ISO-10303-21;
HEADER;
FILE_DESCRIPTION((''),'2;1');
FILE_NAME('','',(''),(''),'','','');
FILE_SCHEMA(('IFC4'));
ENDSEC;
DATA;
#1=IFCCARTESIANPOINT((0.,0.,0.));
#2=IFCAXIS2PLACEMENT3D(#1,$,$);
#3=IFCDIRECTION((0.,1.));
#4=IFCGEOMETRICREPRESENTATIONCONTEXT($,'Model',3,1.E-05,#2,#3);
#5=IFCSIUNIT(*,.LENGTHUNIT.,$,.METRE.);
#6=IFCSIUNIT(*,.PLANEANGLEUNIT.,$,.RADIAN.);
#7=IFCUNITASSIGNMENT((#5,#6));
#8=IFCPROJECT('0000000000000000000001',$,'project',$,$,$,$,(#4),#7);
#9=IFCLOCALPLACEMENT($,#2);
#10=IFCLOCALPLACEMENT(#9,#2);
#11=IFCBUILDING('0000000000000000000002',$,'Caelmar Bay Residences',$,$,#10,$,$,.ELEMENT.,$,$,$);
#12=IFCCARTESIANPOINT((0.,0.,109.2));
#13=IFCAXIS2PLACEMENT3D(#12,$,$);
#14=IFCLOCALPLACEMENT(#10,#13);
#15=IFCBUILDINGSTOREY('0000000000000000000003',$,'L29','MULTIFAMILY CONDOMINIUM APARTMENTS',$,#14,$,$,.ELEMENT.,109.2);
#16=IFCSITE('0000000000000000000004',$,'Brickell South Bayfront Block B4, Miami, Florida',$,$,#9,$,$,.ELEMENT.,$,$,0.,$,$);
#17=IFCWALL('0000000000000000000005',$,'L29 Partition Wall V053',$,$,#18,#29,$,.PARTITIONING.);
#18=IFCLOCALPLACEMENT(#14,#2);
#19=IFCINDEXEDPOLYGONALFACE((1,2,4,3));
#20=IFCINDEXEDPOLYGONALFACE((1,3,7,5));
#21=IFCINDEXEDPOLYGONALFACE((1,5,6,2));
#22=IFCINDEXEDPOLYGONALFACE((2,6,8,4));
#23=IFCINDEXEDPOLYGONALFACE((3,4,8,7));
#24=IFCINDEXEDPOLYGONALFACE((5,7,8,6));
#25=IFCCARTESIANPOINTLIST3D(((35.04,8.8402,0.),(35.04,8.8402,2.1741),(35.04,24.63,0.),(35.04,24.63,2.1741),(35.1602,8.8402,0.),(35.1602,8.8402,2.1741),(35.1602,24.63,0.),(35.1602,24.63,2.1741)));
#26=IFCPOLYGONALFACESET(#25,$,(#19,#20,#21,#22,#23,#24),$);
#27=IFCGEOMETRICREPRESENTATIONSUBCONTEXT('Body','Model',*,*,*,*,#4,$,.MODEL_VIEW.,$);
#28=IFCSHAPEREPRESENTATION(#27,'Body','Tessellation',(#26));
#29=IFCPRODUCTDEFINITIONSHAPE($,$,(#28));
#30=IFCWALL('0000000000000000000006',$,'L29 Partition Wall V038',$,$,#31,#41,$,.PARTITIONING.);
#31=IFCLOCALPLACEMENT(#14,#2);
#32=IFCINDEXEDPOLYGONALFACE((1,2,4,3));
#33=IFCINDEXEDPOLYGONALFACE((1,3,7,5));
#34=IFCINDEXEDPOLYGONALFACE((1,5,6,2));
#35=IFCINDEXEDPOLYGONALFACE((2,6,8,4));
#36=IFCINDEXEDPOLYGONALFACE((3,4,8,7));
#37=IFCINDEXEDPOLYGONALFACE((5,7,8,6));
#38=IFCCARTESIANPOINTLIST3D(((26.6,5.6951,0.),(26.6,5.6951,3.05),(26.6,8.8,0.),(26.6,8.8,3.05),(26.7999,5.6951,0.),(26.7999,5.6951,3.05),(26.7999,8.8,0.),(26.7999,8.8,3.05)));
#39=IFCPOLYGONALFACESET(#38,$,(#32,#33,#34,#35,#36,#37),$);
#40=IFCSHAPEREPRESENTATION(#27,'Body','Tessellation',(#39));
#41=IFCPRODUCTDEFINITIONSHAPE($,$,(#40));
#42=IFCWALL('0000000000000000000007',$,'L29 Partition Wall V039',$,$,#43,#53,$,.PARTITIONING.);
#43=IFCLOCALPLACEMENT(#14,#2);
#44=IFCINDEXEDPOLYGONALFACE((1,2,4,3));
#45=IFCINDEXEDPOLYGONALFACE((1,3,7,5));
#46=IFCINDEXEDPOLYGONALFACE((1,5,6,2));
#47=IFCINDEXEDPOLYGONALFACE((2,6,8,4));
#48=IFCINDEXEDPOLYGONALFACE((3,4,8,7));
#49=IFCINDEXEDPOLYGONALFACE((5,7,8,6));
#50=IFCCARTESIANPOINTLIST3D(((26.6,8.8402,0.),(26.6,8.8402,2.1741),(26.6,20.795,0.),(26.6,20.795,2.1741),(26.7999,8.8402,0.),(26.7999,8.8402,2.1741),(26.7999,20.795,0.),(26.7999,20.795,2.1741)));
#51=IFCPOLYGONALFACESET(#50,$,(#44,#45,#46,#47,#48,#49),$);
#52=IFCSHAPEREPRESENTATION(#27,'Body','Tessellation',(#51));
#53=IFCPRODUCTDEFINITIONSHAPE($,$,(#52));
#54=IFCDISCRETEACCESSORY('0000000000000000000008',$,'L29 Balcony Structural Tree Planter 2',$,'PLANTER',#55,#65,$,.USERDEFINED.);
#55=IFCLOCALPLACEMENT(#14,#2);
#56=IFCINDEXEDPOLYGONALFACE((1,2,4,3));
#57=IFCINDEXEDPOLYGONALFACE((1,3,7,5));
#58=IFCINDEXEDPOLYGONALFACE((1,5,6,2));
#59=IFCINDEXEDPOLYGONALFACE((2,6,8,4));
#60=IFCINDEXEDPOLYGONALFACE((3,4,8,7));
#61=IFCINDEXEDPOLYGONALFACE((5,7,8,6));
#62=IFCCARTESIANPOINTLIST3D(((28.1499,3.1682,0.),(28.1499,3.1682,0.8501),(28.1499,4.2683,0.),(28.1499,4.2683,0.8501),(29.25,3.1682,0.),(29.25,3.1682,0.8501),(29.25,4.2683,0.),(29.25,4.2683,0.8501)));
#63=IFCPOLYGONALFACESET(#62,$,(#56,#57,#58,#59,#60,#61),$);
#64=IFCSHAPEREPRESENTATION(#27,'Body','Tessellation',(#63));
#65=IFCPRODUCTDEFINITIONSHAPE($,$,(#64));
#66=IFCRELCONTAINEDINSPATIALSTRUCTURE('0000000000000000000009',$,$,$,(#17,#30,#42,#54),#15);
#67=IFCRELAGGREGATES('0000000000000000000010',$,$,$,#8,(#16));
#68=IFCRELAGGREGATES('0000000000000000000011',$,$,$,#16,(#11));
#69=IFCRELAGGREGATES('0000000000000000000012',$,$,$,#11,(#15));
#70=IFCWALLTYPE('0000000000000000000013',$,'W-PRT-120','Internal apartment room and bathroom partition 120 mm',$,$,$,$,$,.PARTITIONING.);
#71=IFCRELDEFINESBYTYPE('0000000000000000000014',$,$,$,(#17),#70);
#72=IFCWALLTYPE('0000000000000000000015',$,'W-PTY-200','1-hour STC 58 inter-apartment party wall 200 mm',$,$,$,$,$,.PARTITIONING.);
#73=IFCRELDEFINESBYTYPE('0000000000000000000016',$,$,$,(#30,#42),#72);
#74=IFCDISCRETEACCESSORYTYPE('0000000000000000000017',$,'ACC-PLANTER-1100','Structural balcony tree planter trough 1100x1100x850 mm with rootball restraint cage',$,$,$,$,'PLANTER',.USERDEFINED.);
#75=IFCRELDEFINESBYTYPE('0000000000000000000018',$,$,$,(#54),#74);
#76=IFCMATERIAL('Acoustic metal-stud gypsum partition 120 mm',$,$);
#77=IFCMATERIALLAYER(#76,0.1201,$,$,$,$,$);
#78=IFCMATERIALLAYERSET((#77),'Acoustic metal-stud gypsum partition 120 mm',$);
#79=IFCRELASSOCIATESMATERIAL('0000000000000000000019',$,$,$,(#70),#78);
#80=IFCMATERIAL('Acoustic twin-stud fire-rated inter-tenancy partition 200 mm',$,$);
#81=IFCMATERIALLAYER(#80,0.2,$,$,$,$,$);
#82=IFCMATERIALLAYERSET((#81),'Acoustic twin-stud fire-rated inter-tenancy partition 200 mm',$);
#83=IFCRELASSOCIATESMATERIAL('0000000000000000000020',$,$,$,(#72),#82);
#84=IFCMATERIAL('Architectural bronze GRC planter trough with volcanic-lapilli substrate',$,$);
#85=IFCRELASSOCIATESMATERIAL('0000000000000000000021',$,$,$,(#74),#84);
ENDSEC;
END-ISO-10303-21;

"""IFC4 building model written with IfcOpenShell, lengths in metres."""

from ifc_helpers import new_model, si_unit, direction, frame, frame_2d, origin, origin_2d, place, context, subcontext, project, spatial, rectangle, extrude, material, layer, layer_set, type_object, element, save


model = new_model("IFC4")

# Units and contexts
model_context = context("Model", 3, precision=1e-05, world=origin(), true_north=direction((0.0, 1.0)))
body_context = subcontext(model_context, "Body", "Model", "MODEL_VIEW")
ifc_project = project(units=[si_unit("LENGTHUNIT", "METRE"), si_unit("PLANEANGLEUNIT", "RADIAN")], contexts=[model_context])

# Site, building, storey
site_placement = place(None, origin())
site = spatial("IfcSite", under=ifc_project, at=site_placement, Name="Brickell South Bayfront Block B4, Miami, Florida", CompositionType="ELEMENT", RefElevation=0.0)
building_placement = place(site_placement, origin())
building = spatial("IfcBuilding", under=site, at=building_placement, Name="Caelmar Bay Residences", CompositionType="ELEMENT")
storey_placement = place(building_placement, frame((0.0, 0.0, 109.2)))
storey = spatial("IfcBuildingStorey", under=building, at=storey_placement, Name="L29", Description="MULTIFAMILY CONDOMINIUM APARTMENTS", CompositionType="ELEMENT", Elevation=109.2)

# Wall
ifc_material_1 = material(Name="Acoustic metal-stud gypsum partition 120 mm")
ifc_layer_1 = layer(ifc_material_1, 0.1201)
ifc_layer_set_1 = layer_set([ifc_layer_1], Name="Acoustic metal-stud gypsum partition 120 mm")
wall_type_1 = type_object("IfcWallType", Name="W-PRT-120", Description="Internal apartment room and bathroom partition 120 mm", PredefinedType="PARTITIONING", material=ifc_layer_set_1)
wall_1_placement = place(storey_placement, frame((35.1001, 8.8401, 0.0), z_axis=(0.0, 0.0, 1.0), x_axis=(0.0, 1.0, 0.0)))
element("IfcWall", 1, at=wall_1_placement, inside=storey, type_object=wall_type_1, Name="L29 Partition Wall V053", PredefinedType="PARTITIONING", context=body_context, shape_type="SweptSolid", body=[
    extrude(rectangle(XDim=15.7898, YDim=0.1201, at=frame_2d((7.895, 0.0))), origin(), (0.0, 0.0, 1.0), 2.1741),
])

# Walls
ifc_material_2 = material(Name="Acoustic twin-stud fire-rated inter-tenancy partition 200 mm")
ifc_layer_2 = layer(ifc_material_2, 0.2)
ifc_layer_set_2 = layer_set([ifc_layer_2], Name="Acoustic twin-stud fire-rated inter-tenancy partition 200 mm")
wall_type_2 = type_object("IfcWallType", Name="W-PTY-200", Description="1-hour STC 58 inter-apartment party wall 200 mm", PredefinedType="PARTITIONING", material=ifc_layer_set_2)
wall_2_placement = place(storey_placement, frame((26.7, 5.6951, 0.0), z_axis=(0.0, 0.0, 1.0), x_axis=(0.0, 1.0, 0.0)))
element("IfcWall", 2, at=wall_2_placement, inside=storey, type_object=wall_type_2, Name="L29 Partition Wall V038", PredefinedType="PARTITIONING", context=body_context, shape_type="SweptSolid", body=[
    extrude(rectangle(XDim=3.105, YDim=0.2, at=frame_2d((1.5525, 0.0))), origin(), (0.0, 0.0, 1.0), 3.05),
])
wall_3_placement = place(storey_placement, frame((26.7, 8.8401, 0.0), z_axis=(0.0, 0.0, 1.0), x_axis=(0.0, 1.0, 0.0)))
element("IfcWall", 3, at=wall_3_placement, inside=storey, type_object=wall_type_2, Name="L29 Partition Wall V039", PredefinedType="PARTITIONING", context=body_context, shape_type="SweptSolid", body=[
    extrude(rectangle(XDim=11.9548, YDim=0.2, at=frame_2d((5.9775, 0.0))), origin(), (0.0, 0.0, 1.0), 2.1741),
])

# Discrete accessory
ifc_material_3 = material(Name="Architectural bronze GRC planter trough with volcanic-lapilli substrate")
discrete_accessory_type = type_object("IfcDiscreteAccessoryType", Name="ACC-PLANTER-1100", Description="Structural balcony tree planter trough 1100x1100x850 mm with rootball restraint cage", ElementType="PLANTER", PredefinedType="USERDEFINED", material=ifc_material_3)
discrete_accessory_placement = place(storey_placement, frame((28.7, 3.7183, 0.0), z_axis=(0.0, 0.0, 1.0), x_axis=(1.0, 0.0, 0.0)))
element("IfcDiscreteAccessory", 4, at=discrete_accessory_placement, inside=storey, type_object=discrete_accessory_type, Name="L29 Balcony Structural Tree Planter 2", ObjectType="PLANTER", PredefinedType="USERDEFINED", context=body_context, shape_type="SweptSolid", body=[
    extrude(rectangle(XDim=1.1001, YDim=1.1001, at=origin_2d()), origin(), (0.0, 0.0, 1.0), 0.8501),
])

save(model, "model.ifc")
